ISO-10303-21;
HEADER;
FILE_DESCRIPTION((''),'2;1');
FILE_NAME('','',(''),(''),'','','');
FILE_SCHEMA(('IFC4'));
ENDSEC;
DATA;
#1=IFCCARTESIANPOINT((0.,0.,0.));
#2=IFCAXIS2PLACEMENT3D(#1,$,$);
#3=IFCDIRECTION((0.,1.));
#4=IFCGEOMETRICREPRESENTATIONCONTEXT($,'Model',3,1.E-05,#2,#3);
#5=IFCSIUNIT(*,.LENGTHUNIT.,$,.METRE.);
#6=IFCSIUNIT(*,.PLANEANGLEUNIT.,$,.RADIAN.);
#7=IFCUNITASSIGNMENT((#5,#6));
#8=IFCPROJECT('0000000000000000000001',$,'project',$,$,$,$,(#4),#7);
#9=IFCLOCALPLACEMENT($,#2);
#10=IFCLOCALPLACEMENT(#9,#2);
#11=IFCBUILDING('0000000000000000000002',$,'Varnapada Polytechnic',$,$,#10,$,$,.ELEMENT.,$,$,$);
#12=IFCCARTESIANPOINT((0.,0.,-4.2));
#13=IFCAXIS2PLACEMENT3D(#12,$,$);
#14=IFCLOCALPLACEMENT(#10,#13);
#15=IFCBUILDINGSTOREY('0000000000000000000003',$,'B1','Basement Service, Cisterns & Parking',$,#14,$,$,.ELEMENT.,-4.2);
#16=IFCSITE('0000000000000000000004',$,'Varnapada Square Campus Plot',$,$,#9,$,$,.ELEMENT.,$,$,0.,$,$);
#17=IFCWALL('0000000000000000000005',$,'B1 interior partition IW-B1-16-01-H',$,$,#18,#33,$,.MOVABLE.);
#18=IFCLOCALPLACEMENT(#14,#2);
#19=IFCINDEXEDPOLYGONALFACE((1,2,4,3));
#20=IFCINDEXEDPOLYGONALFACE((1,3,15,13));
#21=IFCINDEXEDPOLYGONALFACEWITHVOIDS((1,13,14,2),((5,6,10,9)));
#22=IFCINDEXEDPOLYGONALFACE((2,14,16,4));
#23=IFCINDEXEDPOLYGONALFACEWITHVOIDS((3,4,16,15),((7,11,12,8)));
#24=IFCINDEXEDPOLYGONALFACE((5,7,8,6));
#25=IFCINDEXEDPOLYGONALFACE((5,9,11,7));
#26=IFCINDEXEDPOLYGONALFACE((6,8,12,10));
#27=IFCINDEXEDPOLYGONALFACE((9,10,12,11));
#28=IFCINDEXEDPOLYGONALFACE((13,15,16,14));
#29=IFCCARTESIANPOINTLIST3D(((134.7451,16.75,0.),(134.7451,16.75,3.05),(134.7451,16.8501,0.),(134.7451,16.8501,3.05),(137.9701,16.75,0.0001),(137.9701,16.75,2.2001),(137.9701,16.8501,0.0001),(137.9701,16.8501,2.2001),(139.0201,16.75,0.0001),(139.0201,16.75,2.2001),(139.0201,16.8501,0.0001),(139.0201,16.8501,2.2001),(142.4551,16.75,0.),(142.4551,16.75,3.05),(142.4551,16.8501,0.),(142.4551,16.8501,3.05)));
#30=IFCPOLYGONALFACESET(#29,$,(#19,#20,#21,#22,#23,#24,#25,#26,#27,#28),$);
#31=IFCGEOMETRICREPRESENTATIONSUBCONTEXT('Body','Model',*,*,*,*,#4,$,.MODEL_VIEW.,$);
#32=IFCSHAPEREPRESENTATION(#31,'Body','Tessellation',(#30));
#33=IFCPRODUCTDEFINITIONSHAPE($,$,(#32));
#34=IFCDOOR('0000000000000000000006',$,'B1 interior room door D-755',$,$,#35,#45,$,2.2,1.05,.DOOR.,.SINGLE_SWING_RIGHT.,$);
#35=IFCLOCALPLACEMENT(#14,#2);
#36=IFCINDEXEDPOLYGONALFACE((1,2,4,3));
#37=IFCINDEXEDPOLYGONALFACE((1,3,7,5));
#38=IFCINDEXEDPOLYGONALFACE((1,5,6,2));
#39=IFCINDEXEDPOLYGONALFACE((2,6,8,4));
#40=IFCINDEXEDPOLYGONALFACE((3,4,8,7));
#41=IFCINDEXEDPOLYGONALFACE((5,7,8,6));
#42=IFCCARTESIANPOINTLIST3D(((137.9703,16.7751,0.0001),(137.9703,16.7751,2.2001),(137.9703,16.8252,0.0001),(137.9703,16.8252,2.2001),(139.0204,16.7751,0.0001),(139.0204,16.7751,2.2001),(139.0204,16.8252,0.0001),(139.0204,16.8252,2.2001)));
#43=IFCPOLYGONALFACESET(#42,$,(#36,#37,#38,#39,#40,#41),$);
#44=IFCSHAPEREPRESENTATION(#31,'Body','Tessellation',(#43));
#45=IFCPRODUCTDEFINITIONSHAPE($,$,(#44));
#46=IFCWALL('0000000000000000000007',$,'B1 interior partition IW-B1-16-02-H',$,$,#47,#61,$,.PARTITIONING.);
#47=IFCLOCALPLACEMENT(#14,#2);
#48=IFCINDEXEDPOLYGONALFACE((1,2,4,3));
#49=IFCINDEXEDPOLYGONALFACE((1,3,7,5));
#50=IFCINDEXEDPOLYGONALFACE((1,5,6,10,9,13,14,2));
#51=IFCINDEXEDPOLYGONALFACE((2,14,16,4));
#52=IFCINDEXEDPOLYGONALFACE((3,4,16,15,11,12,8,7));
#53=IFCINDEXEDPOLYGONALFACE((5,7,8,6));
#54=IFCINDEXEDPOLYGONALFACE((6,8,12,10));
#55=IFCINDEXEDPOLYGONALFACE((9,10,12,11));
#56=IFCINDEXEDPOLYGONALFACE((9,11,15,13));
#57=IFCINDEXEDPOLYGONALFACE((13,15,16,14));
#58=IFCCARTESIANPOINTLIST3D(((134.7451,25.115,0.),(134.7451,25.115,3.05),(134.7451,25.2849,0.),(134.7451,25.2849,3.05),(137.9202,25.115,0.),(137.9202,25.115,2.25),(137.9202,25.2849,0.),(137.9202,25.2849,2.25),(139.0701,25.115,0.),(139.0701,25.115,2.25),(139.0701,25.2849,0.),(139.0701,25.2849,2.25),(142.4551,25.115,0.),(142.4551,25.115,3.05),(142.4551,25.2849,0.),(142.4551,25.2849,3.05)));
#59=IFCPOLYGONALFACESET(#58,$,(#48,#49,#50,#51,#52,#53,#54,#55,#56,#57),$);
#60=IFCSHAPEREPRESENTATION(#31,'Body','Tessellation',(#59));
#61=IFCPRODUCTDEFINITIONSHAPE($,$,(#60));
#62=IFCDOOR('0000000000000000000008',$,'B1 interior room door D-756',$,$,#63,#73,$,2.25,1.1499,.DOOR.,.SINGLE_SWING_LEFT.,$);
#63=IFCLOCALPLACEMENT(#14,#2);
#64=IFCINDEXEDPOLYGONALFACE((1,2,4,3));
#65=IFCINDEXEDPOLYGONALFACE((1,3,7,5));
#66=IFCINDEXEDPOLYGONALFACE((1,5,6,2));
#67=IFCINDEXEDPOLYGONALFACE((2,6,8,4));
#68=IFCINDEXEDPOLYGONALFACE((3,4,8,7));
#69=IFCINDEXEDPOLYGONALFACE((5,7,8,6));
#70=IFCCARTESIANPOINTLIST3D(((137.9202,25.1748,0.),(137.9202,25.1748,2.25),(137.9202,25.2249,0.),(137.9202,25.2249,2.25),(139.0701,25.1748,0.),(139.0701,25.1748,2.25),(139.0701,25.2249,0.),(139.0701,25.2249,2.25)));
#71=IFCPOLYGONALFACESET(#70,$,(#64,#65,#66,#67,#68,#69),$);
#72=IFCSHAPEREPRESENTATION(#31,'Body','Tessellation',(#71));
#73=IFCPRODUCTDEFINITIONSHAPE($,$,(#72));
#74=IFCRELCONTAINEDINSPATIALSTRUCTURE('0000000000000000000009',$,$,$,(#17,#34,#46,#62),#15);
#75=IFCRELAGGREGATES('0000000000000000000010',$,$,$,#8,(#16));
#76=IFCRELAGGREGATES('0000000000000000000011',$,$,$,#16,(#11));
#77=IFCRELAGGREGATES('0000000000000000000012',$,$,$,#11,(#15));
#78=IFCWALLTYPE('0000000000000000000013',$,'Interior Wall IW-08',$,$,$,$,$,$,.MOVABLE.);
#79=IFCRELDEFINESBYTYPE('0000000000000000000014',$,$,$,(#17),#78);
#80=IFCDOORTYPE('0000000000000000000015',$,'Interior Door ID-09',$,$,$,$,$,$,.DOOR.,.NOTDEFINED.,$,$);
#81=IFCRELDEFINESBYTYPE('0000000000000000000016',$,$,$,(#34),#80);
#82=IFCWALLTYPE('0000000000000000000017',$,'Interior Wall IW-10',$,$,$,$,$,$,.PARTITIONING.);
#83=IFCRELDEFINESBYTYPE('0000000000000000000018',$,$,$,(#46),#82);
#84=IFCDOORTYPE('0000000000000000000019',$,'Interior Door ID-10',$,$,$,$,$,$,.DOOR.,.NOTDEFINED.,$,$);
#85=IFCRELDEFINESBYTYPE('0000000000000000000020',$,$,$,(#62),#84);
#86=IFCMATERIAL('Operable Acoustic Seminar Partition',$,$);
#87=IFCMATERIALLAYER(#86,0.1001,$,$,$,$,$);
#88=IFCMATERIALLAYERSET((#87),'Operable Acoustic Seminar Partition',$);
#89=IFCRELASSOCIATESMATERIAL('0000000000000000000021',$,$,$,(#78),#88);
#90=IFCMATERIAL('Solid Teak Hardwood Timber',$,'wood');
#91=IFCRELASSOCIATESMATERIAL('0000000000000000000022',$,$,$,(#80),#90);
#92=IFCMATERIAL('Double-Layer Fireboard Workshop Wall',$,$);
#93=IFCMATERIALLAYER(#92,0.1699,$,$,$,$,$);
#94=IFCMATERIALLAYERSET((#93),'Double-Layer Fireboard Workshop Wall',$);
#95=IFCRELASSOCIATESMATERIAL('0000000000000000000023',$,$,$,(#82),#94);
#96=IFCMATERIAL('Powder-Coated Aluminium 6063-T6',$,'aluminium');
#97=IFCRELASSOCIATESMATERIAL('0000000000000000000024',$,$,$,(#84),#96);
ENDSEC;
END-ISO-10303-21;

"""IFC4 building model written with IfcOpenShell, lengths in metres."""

from ifc_helpers import new_model, si_unit, direction, frame, frame_2d, origin, place, context, subcontext, project, spatial, rectangle, extrude, material, layer, layer_set, type_object, element, fill, save


model = new_model("IFC4")

# Units and contexts
model_context = context("Model", 3, precision=1e-05, world=origin(), true_north=direction((0.0, 1.0)))
body_context = subcontext(model_context, "Body", "Model", "MODEL_VIEW")
ifc_project = project(units=[si_unit("LENGTHUNIT", "METRE"), si_unit("PLANEANGLEUNIT", "RADIAN")], contexts=[model_context])

# Site, building, storey
site_placement = place(None, origin())
site = spatial("IfcSite", under=ifc_project, at=site_placement, Name="Varnapada Square Campus Plot", CompositionType="ELEMENT", RefElevation=0.0)
building_placement = place(site_placement, origin())
building = spatial("IfcBuilding", under=site, at=building_placement, Name="Varnapada Polytechnic", CompositionType="ELEMENT")
storey_placement = place(building_placement, frame((0.0, 0.0, -4.2)))
storey = spatial("IfcBuildingStorey", under=building, at=storey_placement, Name="B1", Description="Basement Service, Cisterns & Parking", CompositionType="ELEMENT", Elevation=-4.2)

# Walls, openings, doors
ifc_material_1 = material(Name="Operable Acoustic Seminar Partition")
ifc_layer_1 = layer(ifc_material_1, 0.1001)
ifc_layer_set_1 = layer_set([ifc_layer_1], Name="Operable Acoustic Seminar Partition")
wall_type_1 = type_object("IfcWallType", Name="Interior Wall IW-08", PredefinedType="MOVABLE", material=ifc_layer_set_1)
wall_1_placement = place(storey_placement, frame((134.7451, 16.8, 0.0), z_axis=(0.0, 0.0, 1.0), x_axis=(1.0, 0.0, 0.0)))
wall_1 = element("IfcWall", 1, at=wall_1_placement, inside=storey, type_object=wall_type_1, Name="B1 interior partition IW-B1-16-01-H", PredefinedType="MOVABLE", context=body_context, shape_type="SweptSolid", body=[
    extrude(rectangle(XDim=7.71, YDim=0.1001, at=frame_2d((3.855, 0.0))), origin(), (0.0, 0.0, 1.0), 3.05),
])
opening_1_placement = place(wall_1_placement, frame((3.2251, 0.0, 0.0)))
opening_1 = element("IfcOpeningElement", 2, at=opening_1_placement, cuts=wall_1, PredefinedType="OPENING", context=body_context, shape_type="SweptSolid", body=[
    extrude(rectangle(XDim=1.05, YDim=2.2, at=frame_2d((0.5249, 1.1001))), frame((0.0, 0.0601, 0.0), z_axis=(0.0, -1.0, 0.0), x_axis=(1.0, 0.0, 0.0)), (0.0, 0.0, 1.0), 0.1201),
])
ifc_material_2 = material(Name="Solid Teak Hardwood Timber", Category="wood")
door_type_1 = type_object("IfcDoorType", Name="Interior Door ID-09", OperationType="NOTDEFINED", PredefinedType="DOOR", material=ifc_material_2)
door_1_placement = place(opening_1_placement, frame((1.05, 0.0, 0.0), z_axis=(0.0, 0.0, 1.0), x_axis=(-1.0, 0.0, 0.0)))
door_1 = element("IfcDoor", 3, at=door_1_placement, inside=storey, type_object=door_type_1, Name="B1 interior room door D-755", OperationType="SINGLE_SWING_RIGHT", OverallHeight=2.2, OverallWidth=1.05, PredefinedType="DOOR", context=body_context, shape_type="SweptSolid", body=[
    extrude(rectangle(XDim=1.05, YDim=2.2, at=frame_2d((0.5249, 1.1001))), frame((0.0, 0.0249, 0.0), z_axis=(0.0, -1.0, 0.0), x_axis=(1.0, 0.0, 0.0)), (0.0, 0.0, 1.0), 0.05),
])
fill(opening_1, door_1)
ifc_material_3 = material(Name="Double-Layer Fireboard Workshop Wall")
ifc_layer_2 = layer(ifc_material_3, 0.1699)
ifc_layer_set_2 = layer_set([ifc_layer_2], Name="Double-Layer Fireboard Workshop Wall")
wall_type_2 = type_object("IfcWallType", Name="Interior Wall IW-10", PredefinedType="PARTITIONING", material=ifc_layer_set_2)
wall_2_placement = place(storey_placement, frame((134.7451, 25.2, 0.0), z_axis=(0.0, 0.0, 1.0), x_axis=(1.0, 0.0, 0.0)))
wall_2 = element("IfcWall", 4, at=wall_2_placement, inside=storey, type_object=wall_type_2, Name="B1 interior partition IW-B1-16-02-H", PredefinedType="PARTITIONING", context=body_context, shape_type="SweptSolid", body=[
    extrude(rectangle(XDim=7.71, YDim=0.1699, at=frame_2d((3.855, 0.0))), origin(), (0.0, 0.0, 1.0), 3.05),
])
opening_2_placement = place(wall_2_placement, frame((3.175, 0.0, 0.0)))
opening_2 = element("IfcOpeningElement", 5, at=opening_2_placement, cuts=wall_2, PredefinedType="OPENING", context=body_context, shape_type="SweptSolid", body=[
    extrude(rectangle(XDim=1.1499, YDim=2.25, at=frame_2d((0.575, 1.125))), frame((0.0, 0.095, 0.0), z_axis=(0.0, -1.0, 0.0), x_axis=(1.0, 0.0, 0.0)), (0.0, 0.0, 1.0), 0.1899),
])
ifc_material_4 = material(Name="Powder-Coated Aluminium 6063-T6", Category="aluminium")
door_type_2 = type_object("IfcDoorType", Name="Interior Door ID-10", OperationType="NOTDEFINED", PredefinedType="DOOR", material=ifc_material_4)
door_2_placement = place(opening_2_placement, origin())
door_2 = element("IfcDoor", 6, at=door_2_placement, inside=storey, type_object=door_type_2, Name="B1 interior room door D-756", OperationType="SINGLE_SWING_LEFT", OverallHeight=2.25, OverallWidth=1.1499, PredefinedType="DOOR", context=body_context, shape_type="SweptSolid", body=[
    extrude(rectangle(XDim=1.1499, YDim=2.25, at=frame_2d((0.575, 1.125))), frame((0.0, 0.0249, 0.0), z_axis=(0.0, -1.0, 0.0), x_axis=(1.0, 0.0, 0.0)), (0.0, 0.0, 1.0), 0.05),
])
fill(opening_2, door_2)

save(model, "model.ifc")
